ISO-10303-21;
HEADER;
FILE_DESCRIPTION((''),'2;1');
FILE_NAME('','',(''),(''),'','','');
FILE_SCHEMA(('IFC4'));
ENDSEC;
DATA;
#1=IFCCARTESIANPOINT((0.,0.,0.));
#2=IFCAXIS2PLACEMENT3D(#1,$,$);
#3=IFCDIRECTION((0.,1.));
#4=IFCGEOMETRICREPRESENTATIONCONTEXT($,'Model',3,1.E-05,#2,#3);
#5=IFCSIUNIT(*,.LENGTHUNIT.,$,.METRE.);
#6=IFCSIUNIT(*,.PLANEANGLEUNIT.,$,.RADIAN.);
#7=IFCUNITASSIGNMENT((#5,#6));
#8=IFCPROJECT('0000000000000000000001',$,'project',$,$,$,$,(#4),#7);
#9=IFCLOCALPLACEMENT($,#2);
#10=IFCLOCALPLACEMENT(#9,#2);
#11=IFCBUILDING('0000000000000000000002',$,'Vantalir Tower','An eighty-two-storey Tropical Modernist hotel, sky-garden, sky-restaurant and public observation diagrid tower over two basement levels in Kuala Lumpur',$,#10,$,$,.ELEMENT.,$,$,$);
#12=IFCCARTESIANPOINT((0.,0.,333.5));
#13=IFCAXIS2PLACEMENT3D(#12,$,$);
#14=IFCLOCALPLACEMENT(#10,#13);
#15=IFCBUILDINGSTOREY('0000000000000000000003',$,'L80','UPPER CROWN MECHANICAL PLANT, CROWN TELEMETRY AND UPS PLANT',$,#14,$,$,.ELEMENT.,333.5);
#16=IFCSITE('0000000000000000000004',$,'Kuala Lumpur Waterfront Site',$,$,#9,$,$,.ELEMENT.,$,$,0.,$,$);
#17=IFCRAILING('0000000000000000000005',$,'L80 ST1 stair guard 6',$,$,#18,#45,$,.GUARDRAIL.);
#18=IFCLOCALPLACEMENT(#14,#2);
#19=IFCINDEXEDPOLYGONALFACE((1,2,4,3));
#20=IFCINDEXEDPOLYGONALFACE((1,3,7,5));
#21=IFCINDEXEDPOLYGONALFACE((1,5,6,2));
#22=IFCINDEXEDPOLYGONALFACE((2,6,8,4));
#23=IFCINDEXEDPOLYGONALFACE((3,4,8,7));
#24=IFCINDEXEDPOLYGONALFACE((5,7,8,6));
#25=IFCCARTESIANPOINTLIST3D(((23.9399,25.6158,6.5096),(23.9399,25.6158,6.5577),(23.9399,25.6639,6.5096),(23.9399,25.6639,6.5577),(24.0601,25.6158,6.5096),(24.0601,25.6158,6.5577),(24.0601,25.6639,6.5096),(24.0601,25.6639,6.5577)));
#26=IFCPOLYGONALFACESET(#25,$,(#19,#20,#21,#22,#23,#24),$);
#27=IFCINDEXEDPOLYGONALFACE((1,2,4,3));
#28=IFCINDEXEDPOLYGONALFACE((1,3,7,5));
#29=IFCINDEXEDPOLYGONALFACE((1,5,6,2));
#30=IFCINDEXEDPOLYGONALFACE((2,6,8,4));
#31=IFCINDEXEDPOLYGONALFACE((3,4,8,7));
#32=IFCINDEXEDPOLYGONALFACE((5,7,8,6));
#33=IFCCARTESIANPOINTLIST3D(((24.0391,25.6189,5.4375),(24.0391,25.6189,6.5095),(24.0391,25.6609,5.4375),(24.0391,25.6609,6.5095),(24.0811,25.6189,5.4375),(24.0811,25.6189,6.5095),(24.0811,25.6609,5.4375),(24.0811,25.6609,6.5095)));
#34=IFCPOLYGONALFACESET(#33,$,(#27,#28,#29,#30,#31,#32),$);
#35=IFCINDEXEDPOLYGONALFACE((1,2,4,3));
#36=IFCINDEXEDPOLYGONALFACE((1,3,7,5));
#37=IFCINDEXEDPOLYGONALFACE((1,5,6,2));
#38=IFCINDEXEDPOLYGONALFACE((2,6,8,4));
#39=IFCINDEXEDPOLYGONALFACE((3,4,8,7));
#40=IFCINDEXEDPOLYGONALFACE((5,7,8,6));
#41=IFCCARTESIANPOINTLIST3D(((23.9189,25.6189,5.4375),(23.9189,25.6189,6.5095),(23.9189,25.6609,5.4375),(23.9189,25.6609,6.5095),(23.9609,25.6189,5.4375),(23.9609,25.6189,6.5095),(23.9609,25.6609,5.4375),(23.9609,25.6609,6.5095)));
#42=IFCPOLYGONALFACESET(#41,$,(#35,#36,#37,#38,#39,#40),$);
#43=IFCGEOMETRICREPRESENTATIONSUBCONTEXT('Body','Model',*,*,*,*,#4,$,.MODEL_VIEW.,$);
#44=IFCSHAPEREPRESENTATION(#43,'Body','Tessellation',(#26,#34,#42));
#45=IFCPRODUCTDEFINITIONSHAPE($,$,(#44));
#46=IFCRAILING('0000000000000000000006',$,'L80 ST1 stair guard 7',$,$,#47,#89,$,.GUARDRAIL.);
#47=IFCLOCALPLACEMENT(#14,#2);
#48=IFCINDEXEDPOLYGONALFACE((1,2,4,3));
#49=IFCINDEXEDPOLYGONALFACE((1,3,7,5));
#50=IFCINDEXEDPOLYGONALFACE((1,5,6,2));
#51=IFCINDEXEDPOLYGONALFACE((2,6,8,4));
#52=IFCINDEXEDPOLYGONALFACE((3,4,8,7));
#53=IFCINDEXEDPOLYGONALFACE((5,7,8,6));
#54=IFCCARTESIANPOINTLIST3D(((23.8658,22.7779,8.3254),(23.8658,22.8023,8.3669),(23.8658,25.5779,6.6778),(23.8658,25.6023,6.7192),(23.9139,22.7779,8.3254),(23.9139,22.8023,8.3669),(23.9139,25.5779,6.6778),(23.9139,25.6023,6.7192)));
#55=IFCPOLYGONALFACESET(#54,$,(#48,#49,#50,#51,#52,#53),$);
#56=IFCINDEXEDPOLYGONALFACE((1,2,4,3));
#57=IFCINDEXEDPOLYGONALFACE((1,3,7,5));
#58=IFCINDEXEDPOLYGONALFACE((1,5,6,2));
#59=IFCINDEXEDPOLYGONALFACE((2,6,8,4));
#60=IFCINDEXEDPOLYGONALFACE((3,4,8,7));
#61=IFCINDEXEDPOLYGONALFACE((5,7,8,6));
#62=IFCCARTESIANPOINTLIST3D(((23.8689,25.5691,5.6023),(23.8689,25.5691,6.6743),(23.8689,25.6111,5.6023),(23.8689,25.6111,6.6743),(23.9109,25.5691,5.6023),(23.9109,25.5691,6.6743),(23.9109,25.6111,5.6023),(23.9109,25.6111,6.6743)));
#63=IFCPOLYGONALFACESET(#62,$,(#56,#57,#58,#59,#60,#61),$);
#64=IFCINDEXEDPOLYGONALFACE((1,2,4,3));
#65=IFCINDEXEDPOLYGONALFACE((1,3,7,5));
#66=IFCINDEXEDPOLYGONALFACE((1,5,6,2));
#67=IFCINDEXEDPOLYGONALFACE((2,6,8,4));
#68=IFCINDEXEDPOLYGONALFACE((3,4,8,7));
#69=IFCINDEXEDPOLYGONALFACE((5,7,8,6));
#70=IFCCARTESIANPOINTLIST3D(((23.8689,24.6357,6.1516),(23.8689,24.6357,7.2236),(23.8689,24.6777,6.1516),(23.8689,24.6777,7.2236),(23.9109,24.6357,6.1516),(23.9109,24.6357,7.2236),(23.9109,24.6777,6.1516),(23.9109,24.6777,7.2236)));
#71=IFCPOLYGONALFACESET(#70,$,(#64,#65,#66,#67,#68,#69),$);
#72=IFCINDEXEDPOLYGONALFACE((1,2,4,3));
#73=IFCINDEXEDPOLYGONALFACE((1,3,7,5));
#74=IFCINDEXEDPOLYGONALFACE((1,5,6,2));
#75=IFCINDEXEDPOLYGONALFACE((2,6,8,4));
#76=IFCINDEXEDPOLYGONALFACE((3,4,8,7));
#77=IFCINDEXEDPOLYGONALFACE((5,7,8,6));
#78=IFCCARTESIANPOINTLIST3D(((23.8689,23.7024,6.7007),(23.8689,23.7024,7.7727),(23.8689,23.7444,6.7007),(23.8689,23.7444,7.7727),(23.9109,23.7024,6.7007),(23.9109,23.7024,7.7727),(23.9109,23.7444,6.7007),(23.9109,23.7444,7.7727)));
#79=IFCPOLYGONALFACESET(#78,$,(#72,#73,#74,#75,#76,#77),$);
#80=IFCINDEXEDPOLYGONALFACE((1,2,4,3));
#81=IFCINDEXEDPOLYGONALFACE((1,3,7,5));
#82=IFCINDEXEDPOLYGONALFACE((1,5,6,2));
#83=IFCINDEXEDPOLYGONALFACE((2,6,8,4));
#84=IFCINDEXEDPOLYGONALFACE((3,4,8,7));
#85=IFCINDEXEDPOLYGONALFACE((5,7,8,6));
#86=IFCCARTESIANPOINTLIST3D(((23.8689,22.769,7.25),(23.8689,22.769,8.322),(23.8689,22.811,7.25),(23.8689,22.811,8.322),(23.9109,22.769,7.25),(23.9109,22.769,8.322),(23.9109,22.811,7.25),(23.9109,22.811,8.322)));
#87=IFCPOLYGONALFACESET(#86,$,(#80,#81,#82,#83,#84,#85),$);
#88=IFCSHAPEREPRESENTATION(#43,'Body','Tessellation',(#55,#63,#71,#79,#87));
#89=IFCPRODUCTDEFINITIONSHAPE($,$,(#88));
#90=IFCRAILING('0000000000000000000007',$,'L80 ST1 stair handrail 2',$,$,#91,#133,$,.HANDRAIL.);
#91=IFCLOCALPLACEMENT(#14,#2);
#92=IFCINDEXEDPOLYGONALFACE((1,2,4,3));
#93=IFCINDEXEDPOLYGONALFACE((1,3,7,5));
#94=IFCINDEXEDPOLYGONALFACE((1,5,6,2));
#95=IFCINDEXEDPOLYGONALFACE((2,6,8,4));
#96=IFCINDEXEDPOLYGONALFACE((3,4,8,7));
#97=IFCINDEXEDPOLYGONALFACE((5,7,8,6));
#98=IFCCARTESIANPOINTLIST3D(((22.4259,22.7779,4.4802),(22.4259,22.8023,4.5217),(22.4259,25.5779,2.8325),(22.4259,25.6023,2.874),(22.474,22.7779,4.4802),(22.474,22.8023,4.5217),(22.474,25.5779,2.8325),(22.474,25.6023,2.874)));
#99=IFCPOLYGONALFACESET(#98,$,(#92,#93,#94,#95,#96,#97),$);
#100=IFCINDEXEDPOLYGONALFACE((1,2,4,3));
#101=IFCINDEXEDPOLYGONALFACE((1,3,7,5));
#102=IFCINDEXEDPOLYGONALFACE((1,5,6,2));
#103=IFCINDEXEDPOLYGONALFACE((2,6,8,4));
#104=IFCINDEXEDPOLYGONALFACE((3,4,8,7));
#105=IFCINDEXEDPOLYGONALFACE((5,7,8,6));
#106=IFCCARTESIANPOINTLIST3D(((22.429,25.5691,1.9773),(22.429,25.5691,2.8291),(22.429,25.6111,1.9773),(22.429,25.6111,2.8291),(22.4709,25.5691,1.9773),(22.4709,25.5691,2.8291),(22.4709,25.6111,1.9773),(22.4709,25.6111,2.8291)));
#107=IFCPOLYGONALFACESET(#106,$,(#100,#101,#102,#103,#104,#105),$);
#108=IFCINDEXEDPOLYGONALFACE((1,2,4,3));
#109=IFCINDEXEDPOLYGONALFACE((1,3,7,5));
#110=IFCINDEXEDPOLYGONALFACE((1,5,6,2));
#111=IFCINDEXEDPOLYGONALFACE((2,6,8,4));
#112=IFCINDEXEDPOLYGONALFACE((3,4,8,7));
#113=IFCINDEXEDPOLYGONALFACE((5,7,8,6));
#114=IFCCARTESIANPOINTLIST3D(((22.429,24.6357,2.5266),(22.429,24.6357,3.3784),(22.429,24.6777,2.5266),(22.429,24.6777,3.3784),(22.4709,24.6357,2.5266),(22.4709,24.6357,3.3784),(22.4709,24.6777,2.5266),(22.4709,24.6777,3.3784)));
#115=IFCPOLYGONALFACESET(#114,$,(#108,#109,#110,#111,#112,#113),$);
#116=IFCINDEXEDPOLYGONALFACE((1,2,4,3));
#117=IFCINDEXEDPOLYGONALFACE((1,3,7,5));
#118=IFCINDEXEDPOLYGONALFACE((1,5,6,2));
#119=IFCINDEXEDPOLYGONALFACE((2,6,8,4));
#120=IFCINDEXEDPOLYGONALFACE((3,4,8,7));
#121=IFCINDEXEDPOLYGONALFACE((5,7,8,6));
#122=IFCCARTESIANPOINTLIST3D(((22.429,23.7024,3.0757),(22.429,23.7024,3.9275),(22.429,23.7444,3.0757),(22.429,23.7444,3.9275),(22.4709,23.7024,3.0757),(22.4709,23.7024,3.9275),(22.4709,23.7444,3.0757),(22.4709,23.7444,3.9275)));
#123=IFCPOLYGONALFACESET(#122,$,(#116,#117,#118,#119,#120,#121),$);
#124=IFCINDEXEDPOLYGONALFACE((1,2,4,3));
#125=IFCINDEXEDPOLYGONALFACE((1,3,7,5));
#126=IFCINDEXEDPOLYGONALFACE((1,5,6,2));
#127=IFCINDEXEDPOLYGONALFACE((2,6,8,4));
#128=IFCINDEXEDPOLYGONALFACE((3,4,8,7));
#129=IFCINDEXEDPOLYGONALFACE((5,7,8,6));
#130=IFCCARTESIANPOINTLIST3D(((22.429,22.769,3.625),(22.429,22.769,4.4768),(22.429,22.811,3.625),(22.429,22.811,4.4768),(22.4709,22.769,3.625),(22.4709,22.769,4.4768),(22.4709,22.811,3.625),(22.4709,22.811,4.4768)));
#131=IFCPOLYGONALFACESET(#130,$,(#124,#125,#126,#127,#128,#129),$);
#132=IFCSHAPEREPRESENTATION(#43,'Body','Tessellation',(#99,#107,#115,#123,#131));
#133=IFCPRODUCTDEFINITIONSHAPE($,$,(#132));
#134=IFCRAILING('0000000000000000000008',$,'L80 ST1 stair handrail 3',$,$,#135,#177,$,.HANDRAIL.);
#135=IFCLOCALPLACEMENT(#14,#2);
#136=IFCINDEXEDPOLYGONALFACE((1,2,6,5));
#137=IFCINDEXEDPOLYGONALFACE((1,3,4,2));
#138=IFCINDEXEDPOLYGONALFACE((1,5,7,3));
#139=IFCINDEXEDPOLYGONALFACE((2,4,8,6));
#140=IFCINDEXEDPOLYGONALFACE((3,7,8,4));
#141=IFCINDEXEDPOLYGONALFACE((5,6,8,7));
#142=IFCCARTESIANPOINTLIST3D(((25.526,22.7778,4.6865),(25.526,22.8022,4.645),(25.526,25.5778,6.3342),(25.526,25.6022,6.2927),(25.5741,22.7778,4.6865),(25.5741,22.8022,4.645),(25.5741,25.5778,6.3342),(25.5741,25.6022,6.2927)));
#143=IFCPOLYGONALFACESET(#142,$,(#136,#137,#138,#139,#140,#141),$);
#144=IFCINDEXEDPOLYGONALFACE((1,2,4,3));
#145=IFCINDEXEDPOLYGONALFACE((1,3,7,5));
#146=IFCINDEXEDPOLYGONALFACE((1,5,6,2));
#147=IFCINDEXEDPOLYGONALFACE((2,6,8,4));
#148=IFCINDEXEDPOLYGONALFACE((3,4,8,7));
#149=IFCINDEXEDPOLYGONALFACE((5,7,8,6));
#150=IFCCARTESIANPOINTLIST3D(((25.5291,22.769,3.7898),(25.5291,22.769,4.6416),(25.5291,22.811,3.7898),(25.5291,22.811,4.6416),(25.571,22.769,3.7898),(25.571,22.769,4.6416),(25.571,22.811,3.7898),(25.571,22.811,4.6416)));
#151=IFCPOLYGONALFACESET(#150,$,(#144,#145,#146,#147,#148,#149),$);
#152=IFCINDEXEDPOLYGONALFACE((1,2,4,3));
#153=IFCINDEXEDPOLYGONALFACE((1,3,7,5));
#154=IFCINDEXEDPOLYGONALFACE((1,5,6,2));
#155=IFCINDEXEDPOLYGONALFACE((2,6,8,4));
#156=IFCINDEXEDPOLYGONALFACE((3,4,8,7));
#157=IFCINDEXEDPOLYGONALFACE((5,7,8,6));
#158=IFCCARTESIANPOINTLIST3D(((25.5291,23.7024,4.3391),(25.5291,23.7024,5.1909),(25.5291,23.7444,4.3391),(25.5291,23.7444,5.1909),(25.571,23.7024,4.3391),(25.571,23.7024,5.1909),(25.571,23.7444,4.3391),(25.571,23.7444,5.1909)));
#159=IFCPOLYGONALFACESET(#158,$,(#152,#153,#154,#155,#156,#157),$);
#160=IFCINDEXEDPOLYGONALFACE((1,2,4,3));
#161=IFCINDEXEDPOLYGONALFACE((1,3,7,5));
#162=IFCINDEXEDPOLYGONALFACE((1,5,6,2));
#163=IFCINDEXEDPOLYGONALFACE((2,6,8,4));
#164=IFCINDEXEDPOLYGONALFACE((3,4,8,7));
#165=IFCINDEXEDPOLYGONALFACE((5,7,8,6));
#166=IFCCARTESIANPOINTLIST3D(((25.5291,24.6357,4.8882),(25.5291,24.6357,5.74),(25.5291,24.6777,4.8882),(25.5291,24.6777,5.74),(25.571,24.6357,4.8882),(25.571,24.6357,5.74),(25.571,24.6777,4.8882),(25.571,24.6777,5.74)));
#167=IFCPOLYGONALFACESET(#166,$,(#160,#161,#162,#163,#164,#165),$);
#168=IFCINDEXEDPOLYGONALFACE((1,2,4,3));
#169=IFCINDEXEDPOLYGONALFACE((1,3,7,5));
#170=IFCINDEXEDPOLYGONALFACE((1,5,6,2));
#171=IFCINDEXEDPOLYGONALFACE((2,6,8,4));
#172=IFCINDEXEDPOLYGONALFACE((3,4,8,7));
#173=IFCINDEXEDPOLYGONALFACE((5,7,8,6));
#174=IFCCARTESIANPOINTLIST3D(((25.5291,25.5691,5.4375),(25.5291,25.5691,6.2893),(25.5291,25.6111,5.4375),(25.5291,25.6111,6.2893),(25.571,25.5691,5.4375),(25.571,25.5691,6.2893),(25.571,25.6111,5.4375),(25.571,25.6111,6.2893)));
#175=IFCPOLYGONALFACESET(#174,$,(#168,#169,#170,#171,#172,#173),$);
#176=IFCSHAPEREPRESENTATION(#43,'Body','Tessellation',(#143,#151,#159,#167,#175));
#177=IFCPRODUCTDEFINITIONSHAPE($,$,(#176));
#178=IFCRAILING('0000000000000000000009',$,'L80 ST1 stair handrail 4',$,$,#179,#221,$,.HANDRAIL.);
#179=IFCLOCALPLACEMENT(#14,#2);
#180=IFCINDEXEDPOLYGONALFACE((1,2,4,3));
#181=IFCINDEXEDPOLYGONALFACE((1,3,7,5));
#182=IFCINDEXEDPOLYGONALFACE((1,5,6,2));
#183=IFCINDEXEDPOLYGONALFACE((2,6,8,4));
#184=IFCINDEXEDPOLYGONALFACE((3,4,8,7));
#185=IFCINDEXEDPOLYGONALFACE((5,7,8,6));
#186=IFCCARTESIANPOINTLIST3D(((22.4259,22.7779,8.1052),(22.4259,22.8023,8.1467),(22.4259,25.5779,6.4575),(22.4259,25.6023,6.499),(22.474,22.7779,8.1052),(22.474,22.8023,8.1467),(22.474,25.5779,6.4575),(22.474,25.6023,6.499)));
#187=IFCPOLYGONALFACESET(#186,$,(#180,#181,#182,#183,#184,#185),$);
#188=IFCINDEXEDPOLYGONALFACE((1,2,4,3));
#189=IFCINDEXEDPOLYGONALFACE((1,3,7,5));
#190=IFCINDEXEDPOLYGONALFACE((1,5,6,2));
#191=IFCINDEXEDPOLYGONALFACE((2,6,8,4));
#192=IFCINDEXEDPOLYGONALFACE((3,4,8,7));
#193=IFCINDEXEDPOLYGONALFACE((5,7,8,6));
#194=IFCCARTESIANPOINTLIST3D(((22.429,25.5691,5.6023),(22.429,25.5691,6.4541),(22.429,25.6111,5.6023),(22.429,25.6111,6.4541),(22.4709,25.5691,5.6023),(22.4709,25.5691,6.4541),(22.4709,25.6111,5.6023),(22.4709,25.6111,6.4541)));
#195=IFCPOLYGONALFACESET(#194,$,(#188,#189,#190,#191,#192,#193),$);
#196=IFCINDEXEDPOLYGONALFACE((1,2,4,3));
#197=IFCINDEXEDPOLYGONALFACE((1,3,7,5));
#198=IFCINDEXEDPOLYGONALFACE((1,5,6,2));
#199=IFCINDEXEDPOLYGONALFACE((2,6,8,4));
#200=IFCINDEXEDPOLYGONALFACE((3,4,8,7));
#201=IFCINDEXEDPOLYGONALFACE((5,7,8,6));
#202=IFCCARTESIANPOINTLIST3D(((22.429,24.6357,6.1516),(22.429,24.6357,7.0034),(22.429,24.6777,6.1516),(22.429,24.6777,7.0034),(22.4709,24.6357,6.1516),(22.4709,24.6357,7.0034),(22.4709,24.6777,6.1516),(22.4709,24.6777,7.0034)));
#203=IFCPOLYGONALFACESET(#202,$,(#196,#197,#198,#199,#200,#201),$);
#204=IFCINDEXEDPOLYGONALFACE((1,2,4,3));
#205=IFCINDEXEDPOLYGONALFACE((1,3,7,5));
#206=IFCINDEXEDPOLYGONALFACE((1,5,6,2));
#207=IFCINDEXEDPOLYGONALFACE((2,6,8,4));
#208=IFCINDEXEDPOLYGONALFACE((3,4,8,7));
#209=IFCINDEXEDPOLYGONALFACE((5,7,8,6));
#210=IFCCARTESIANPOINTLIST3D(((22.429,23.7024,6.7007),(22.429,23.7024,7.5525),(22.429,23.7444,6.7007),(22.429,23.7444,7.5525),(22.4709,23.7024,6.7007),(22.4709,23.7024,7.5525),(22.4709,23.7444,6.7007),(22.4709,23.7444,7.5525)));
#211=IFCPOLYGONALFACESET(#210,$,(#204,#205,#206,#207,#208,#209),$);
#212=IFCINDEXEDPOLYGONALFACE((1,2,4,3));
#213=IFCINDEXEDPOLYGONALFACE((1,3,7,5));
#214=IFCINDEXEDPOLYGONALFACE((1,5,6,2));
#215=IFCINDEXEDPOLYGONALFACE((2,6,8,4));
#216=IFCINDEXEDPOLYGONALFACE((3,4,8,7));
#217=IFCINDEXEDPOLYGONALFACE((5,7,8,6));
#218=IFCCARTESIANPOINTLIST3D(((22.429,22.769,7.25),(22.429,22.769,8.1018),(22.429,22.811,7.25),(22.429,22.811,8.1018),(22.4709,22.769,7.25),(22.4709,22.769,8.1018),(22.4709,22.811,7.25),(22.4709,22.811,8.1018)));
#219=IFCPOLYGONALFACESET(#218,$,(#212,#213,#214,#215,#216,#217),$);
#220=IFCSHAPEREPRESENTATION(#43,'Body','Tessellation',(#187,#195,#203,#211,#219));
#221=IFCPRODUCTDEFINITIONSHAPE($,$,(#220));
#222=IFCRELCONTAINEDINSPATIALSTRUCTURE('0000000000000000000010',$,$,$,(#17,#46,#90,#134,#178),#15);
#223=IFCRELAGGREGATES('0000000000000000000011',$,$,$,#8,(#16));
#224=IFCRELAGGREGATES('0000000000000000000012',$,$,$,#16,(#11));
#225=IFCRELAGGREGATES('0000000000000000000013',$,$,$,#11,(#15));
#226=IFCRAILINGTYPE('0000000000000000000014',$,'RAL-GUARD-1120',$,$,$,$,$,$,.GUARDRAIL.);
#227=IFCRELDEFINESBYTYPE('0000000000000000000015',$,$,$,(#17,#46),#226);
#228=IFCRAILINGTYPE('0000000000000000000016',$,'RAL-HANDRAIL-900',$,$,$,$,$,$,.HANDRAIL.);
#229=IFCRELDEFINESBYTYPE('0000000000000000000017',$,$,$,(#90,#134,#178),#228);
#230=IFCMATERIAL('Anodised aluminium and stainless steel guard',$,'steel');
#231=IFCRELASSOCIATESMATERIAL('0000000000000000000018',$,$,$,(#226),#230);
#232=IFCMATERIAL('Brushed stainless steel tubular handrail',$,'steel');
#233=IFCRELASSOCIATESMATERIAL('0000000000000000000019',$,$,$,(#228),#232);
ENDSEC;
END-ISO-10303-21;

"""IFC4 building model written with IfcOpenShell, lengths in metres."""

from ifc_helpers import new_model, si_unit, direction, frame, origin, origin_2d, place, context, subcontext, project, spatial, rectangle, extrude, material, type_object, element, save


model = new_model("IFC4")

# Units and contexts
model_context = context("Model", 3, precision=1e-05, world=origin(), true_north=direction((0.0, 1.0)))
body_context = subcontext(model_context, "Body", "Model", "MODEL_VIEW")
ifc_project = project(units=[si_unit("LENGTHUNIT", "METRE"), si_unit("PLANEANGLEUNIT", "RADIAN")], contexts=[model_context])

# Site, building, storey
site_placement = place(None, origin())
site = spatial("IfcSite", under=ifc_project, at=site_placement, Name="Kuala Lumpur Waterfront Site", CompositionType="ELEMENT", RefElevation=0.0)
building_placement = place(site_placement, origin())
building = spatial("IfcBuilding", under=site, at=building_placement, Name="Vantalir Tower", Description="An eighty-two-storey Tropical Modernist hotel, sky-garden, sky-restaurant and public observation diagrid tower over two basement levels in Kuala Lumpur", CompositionType="ELEMENT")
storey_placement = place(building_placement, frame((0.0, 0.0, 333.5)))
storey = spatial("IfcBuildingStorey", under=building, at=storey_placement, Name="L80", Description="UPPER CROWN MECHANICAL PLANT, CROWN TELEMETRY AND UPS PLANT", CompositionType="ELEMENT", Elevation=333.5)

# Railings
ifc_material_1 = material(Name="Anodised aluminium and stainless steel guard", Category="steel")
railing_type_1 = type_object("IfcRailingType", Name="RAL-GUARD-1120", PredefinedType="GUARDRAIL", material=ifc_material_1)
railing_1_placement = place(storey_placement, frame((24.0601, 25.6399, 5.4375)))
element("IfcRailing", 1, at=railing_1_placement, inside=storey, type_object=railing_type_1, Name="L80 ST1 stair guard 6", PredefinedType="GUARDRAIL", context=body_context, shape_type="SweptSolid", body=[
    extrude(rectangle(XDim=0.0481, YDim=0.0481, at=origin_2d()), frame((0.0, 0.0, 1.0962), z_axis=(-1.0, 0.0, 0.0), x_axis=(0.0, -1.0, 0.0)), (0.0, 0.0, 1.0), 0.1201),
    extrude(rectangle(XDim=0.042, YDim=0.042, at=origin_2d()), origin(), (0.0, 0.0, 1.0), 1.072),
    extrude(rectangle(XDim=0.042, YDim=0.042, at=origin_2d()), frame((-0.1201, 0.0, 0.0)), (0.0, 0.0, 1.0), 1.072),
])
railing_2_placement = place(storey_placement, frame((23.8899, 25.5901, 5.6023)))
element("IfcRailing", 2, at=railing_2_placement, inside=storey, type_object=railing_type_1, Name="L80 ST1 stair guard 7", PredefinedType="GUARDRAIL", context=body_context, shape_type="SweptSolid", body=[
    extrude(rectangle(XDim=0.0481, YDim=0.0481, at=origin_2d()), frame((0.0, 0.0, 1.0962), z_axis=(0.0, -0.861851, 0.507161), x_axis=(1.0, 0.0, 0.0)), (0.0, 0.0, 1.0), 3.2488),
    extrude(rectangle(XDim=0.042, YDim=0.042, at=origin_2d()), origin(), (0.0, 0.0, 1.0), 1.072),
    extrude(rectangle(XDim=0.042, YDim=0.042, at=origin_2d()), frame((0.0, -0.9333, 0.5493)), (0.0, 0.0, 1.0), 1.072),
    extrude(rectangle(XDim=0.042, YDim=0.042, at=origin_2d()), frame((0.0, -1.8667, 1.0984)), (0.0, 0.0, 1.0), 1.072),
    extrude(rectangle(XDim=0.042, YDim=0.042, at=origin_2d()), frame((0.0, -2.8, 1.6477)), (0.0, 0.0, 1.0), 1.072),
])
ifc_material_2 = material(Name="Brushed stainless steel tubular handrail", Category="steel")
railing_type_2 = type_object("IfcRailingType", Name="RAL-HANDRAIL-900", PredefinedType="HANDRAIL", material=ifc_material_2)
railing_3_placement = place(storey_placement, frame((22.45, 25.5901, 1.9773)))
element("IfcRailing", 3, at=railing_3_placement, inside=storey, type_object=railing_type_2, Name="L80 ST1 stair handrail 2", PredefinedType="HANDRAIL", context=body_context, shape_type="SweptSolid", body=[
    extrude(rectangle(XDim=0.0481, YDim=0.0481, at=origin_2d()), frame((0.0, 0.0, 0.876), z_axis=(0.0, -0.861851, 0.507161), x_axis=(1.0, 0.0, 0.0)), (0.0, 0.0, 1.0), 3.2488),
    extrude(rectangle(XDim=0.042, YDim=0.042, at=origin_2d()), origin(), (0.0, 0.0, 1.0), 0.8518),
    extrude(rectangle(XDim=0.042, YDim=0.042, at=origin_2d()), frame((0.0, -0.9333, 0.5493)), (0.0, 0.0, 1.0), 0.8518),
    extrude(rectangle(XDim=0.042, YDim=0.042, at=origin_2d()), frame((0.0, -1.8667, 1.0984)), (0.0, 0.0, 1.0), 0.8518),
    extrude(rectangle(XDim=0.042, YDim=0.042, at=origin_2d()), frame((0.0, -2.8, 1.6477)), (0.0, 0.0, 1.0), 0.8518),
])
railing_4_placement = place(storey_placement, frame((25.55, 22.79, 3.7898)))
element("IfcRailing", 4, at=railing_4_placement, inside=storey, type_object=railing_type_2, Name="L80 ST1 stair handrail 3", PredefinedType="HANDRAIL", context=body_context, shape_type="SweptSolid", body=[
    extrude(rectangle(XDim=0.0481, YDim=0.0481, at=origin_2d()), frame((0.0, 0.0, 0.876), z_axis=(0.0, 0.861851, 0.507161), x_axis=(-1.0, 0.0, 0.0)), (0.0, 0.0, 1.0), 3.2488),
    extrude(rectangle(XDim=0.042, YDim=0.042, at=origin_2d()), origin(), (0.0, 0.0, 1.0), 0.8518),
    extrude(rectangle(XDim=0.042, YDim=0.042, at=origin_2d()), frame((0.0, 0.9333, 0.5493)), (0.0, 0.0, 1.0), 0.8518),
    extrude(rectangle(XDim=0.042, YDim=0.042, at=origin_2d()), frame((0.0, 1.8667, 1.0984)), (0.0, 0.0, 1.0), 0.8518),
    extrude(rectangle(XDim=0.042, YDim=0.042, at=origin_2d()), frame((0.0, 2.8, 1.6477)), (0.0, 0.0, 1.0), 0.8518),
])
railing_5_placement = place(storey_placement, frame((22.45, 25.5901, 5.6023)))
element("IfcRailing", 5, at=railing_5_placement, inside=storey, type_object=railing_type_2, Name="L80 ST1 stair handrail 4", PredefinedType="HANDRAIL", context=body_context, shape_type="SweptSolid", body=[
    extrude(rectangle(XDim=0.0481, YDim=0.0481, at=origin_2d()), frame((0.0, 0.0, 0.876), z_axis=(0.0, -0.861851, 0.507161), x_axis=(1.0, 0.0, 0.0)), (0.0, 0.0, 1.0), 3.2488),
    extrude(rectangle(XDim=0.042, YDim=0.042, at=origin_2d()), origin(), (0.0, 0.0, 1.0), 0.8518),
    extrude(rectangle(XDim=0.042, YDim=0.042, at=origin_2d()), frame((0.0, -0.9333, 0.5493)), (0.0, 0.0, 1.0), 0.8518),
    extrude(rectangle(XDim=0.042, YDim=0.042, at=origin_2d()), frame((0.0, -1.8667, 1.0984)), (0.0, 0.0, 1.0), 0.8518),
    extrude(rectangle(XDim=0.042, YDim=0.042, at=origin_2d()), frame((0.0, -2.8, 1.6477)), (0.0, 0.0, 1.0), 0.8518),
])

save(model, "model.ifc")
